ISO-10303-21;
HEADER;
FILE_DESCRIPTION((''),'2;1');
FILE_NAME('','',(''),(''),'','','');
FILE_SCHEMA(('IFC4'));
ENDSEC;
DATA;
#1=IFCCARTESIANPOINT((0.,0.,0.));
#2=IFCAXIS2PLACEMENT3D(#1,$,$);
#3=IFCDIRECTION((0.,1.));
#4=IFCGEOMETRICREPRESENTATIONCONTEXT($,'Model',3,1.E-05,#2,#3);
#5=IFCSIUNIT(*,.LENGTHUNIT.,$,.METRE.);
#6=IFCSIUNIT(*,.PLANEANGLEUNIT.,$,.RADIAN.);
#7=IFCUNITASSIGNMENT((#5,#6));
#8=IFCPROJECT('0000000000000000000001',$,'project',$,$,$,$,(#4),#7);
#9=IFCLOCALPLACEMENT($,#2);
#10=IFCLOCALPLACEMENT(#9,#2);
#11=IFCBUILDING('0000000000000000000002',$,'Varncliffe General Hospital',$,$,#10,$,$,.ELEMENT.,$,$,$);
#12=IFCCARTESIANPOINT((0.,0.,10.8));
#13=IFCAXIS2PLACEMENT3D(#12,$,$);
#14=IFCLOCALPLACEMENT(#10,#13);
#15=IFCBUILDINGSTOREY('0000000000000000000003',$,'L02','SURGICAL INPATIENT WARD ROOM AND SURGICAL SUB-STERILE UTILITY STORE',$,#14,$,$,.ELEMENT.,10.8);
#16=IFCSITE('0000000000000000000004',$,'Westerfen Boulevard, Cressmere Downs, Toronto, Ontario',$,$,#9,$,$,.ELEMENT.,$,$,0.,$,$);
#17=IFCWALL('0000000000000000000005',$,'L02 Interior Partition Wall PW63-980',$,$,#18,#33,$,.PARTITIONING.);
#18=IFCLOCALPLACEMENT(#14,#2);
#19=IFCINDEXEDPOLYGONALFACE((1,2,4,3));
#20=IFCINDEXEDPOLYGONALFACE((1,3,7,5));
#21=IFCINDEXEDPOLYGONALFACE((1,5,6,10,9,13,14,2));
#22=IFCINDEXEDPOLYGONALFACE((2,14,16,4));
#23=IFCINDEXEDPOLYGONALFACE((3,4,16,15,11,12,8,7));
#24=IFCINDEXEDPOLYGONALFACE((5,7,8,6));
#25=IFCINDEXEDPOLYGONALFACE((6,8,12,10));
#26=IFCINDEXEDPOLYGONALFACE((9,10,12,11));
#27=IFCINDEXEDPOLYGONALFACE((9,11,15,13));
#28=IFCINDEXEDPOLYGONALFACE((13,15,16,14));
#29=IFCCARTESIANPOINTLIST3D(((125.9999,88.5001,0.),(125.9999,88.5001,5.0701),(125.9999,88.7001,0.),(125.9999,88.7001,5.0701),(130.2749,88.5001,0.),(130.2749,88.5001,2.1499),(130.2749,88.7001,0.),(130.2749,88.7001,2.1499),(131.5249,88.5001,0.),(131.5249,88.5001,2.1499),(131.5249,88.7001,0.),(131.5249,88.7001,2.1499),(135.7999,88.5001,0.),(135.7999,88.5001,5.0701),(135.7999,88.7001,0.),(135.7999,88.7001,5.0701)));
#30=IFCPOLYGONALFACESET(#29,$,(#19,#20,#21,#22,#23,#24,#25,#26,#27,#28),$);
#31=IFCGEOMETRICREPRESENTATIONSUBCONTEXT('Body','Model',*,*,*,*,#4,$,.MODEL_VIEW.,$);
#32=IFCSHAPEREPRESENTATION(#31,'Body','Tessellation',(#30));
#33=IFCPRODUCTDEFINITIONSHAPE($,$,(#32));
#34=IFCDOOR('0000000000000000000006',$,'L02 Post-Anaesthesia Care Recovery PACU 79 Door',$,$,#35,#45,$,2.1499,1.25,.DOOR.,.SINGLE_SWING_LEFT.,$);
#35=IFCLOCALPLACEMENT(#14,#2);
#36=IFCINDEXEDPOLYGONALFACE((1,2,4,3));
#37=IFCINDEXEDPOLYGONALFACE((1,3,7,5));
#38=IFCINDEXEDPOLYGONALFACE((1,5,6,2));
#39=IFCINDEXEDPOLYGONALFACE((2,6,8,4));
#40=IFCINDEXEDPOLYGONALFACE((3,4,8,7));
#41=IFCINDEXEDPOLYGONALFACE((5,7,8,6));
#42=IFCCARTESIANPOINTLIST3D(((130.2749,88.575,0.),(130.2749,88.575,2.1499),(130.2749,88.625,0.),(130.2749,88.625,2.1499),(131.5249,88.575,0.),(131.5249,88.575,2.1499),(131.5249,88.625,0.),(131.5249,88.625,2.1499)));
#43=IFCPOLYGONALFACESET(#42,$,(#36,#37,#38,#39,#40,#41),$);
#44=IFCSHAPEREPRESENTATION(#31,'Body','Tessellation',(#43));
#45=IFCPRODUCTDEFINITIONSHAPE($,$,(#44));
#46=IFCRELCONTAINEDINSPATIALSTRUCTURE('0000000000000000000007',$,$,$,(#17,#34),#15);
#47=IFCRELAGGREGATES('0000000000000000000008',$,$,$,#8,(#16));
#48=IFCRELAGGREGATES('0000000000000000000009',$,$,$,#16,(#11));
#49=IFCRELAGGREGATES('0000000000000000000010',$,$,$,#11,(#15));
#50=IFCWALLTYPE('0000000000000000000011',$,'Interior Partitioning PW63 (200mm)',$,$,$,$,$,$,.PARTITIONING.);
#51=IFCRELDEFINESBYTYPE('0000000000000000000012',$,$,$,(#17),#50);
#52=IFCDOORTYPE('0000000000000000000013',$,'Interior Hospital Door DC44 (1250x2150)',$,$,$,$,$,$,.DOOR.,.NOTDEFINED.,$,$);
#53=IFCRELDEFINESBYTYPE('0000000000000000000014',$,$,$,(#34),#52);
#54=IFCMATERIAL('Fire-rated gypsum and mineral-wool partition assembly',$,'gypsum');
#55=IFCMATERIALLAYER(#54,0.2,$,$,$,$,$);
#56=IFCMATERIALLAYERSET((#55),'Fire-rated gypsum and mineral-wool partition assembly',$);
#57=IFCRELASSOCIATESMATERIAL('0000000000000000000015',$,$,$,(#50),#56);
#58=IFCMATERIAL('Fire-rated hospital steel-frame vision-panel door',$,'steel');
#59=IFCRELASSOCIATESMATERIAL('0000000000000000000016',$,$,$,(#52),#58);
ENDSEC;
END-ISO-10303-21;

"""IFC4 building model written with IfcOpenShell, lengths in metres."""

from ifc_helpers import new_model, si_unit, direction, frame, frame_2d, origin, place, context, subcontext, project, spatial, rectangle, extrude, material, layer, layer_set, type_object, element, fill, save


model = new_model("IFC4")

# Units and contexts
model_context = context("Model", 3, precision=1e-05, world=origin(), true_north=direction((0.0, 1.0)))
body_context = subcontext(model_context, "Body", "Model", "MODEL_VIEW")
ifc_project = project(units=[si_unit("LENGTHUNIT", "METRE"), si_unit("PLANEANGLEUNIT", "RADIAN")], contexts=[model_context])

# Site, building, storey
site_placement = place(None, origin())
site = spatial("IfcSite", under=ifc_project, at=site_placement, Name="Westerfen Boulevard, Cressmere Downs, Toronto, Ontario", CompositionType="ELEMENT", RefElevation=0.0)
building_placement = place(site_placement, origin())
building = spatial("IfcBuilding", under=site, at=building_placement, Name="Varncliffe General Hospital", CompositionType="ELEMENT")
storey_placement = place(building_placement, frame((0.0, 0.0, 10.8)))
storey = spatial("IfcBuildingStorey", under=building, at=storey_placement, Name="L02", Description="SURGICAL INPATIENT WARD ROOM AND SURGICAL SUB-STERILE UTILITY STORE", CompositionType="ELEMENT", Elevation=10.8)

# Wall, opening, door
ifc_material_1 = material(Name="Fire-rated gypsum and mineral-wool partition assembly", Category="gypsum")
ifc_layer_1 = layer(ifc_material_1, 0.2)
ifc_layer_set_1 = layer_set([ifc_layer_1], Name="Fire-rated gypsum and mineral-wool partition assembly")
wall_type_1 = type_object("IfcWallType", Name="Interior Partitioning PW63 (200mm)", PredefinedType="PARTITIONING", material=ifc_layer_set_1)
ifc_material_2 = material(Name="Fire-rated hospital steel-frame vision-panel door", Category="steel")
wall_1_placement = place(storey_placement, frame((126.0, 88.6001, 0.0), z_axis=(0.0, 0.0, 1.0), x_axis=(1.0, 0.0, 0.0)))
wall_1 = element("IfcWall", 1, at=wall_1_placement, inside=storey, type_object=wall_type_1, Name="L02 Interior Partition Wall PW63-980", PredefinedType="PARTITIONING", context=body_context, shape_type="SweptSolid", body=[
    extrude(rectangle(XDim=9.8, YDim=0.2, at=frame_2d((4.8999, 0.0))), origin(), (0.0, 0.0, 1.0), 5.0701),
])
opening_1_placement = place(wall_1_placement, frame((4.2749, 0.0, 0.0)))
opening_1 = element("IfcOpeningElement", 2, at=opening_1_placement, cuts=wall_1, PredefinedType="OPENING", context=body_context, shape_type="SweptSolid", body=[
    extrude(rectangle(XDim=1.25, YDim=2.1499, at=frame_2d((0.625, 1.075))), frame((0.0, 0.1099, 0.0), z_axis=(0.0, -1.0, 0.0), x_axis=(1.0, 0.0, 0.0)), (0.0, 0.0, 1.0), 0.22),
])
door_type_1 = type_object("IfcDoorType", Name="Interior Hospital Door DC44 (1250x2150)", OperationType="NOTDEFINED", PredefinedType="DOOR", material=ifc_material_2)
door_1_placement = place(opening_1_placement, origin())
door_1 = element("IfcDoor", 3, at=door_1_placement, inside=storey, type_object=door_type_1, Name="L02 Post-Anaesthesia Care Recovery PACU 79 Door", OperationType="SINGLE_SWING_LEFT", OverallHeight=2.1499, OverallWidth=1.25, PredefinedType="DOOR", context=body_context, shape_type="SweptSolid", body=[
    extrude(rectangle(XDim=1.25, YDim=2.1499, at=frame_2d((0.625, 1.075))), frame((0.0, 0.0249, 0.0), z_axis=(0.0, -1.0, 0.0), x_axis=(1.0, 0.0, 0.0)), (0.0, 0.0, 1.0), 0.05),
])
fill(opening_1, door_1)

save(model, "model.ifc")
